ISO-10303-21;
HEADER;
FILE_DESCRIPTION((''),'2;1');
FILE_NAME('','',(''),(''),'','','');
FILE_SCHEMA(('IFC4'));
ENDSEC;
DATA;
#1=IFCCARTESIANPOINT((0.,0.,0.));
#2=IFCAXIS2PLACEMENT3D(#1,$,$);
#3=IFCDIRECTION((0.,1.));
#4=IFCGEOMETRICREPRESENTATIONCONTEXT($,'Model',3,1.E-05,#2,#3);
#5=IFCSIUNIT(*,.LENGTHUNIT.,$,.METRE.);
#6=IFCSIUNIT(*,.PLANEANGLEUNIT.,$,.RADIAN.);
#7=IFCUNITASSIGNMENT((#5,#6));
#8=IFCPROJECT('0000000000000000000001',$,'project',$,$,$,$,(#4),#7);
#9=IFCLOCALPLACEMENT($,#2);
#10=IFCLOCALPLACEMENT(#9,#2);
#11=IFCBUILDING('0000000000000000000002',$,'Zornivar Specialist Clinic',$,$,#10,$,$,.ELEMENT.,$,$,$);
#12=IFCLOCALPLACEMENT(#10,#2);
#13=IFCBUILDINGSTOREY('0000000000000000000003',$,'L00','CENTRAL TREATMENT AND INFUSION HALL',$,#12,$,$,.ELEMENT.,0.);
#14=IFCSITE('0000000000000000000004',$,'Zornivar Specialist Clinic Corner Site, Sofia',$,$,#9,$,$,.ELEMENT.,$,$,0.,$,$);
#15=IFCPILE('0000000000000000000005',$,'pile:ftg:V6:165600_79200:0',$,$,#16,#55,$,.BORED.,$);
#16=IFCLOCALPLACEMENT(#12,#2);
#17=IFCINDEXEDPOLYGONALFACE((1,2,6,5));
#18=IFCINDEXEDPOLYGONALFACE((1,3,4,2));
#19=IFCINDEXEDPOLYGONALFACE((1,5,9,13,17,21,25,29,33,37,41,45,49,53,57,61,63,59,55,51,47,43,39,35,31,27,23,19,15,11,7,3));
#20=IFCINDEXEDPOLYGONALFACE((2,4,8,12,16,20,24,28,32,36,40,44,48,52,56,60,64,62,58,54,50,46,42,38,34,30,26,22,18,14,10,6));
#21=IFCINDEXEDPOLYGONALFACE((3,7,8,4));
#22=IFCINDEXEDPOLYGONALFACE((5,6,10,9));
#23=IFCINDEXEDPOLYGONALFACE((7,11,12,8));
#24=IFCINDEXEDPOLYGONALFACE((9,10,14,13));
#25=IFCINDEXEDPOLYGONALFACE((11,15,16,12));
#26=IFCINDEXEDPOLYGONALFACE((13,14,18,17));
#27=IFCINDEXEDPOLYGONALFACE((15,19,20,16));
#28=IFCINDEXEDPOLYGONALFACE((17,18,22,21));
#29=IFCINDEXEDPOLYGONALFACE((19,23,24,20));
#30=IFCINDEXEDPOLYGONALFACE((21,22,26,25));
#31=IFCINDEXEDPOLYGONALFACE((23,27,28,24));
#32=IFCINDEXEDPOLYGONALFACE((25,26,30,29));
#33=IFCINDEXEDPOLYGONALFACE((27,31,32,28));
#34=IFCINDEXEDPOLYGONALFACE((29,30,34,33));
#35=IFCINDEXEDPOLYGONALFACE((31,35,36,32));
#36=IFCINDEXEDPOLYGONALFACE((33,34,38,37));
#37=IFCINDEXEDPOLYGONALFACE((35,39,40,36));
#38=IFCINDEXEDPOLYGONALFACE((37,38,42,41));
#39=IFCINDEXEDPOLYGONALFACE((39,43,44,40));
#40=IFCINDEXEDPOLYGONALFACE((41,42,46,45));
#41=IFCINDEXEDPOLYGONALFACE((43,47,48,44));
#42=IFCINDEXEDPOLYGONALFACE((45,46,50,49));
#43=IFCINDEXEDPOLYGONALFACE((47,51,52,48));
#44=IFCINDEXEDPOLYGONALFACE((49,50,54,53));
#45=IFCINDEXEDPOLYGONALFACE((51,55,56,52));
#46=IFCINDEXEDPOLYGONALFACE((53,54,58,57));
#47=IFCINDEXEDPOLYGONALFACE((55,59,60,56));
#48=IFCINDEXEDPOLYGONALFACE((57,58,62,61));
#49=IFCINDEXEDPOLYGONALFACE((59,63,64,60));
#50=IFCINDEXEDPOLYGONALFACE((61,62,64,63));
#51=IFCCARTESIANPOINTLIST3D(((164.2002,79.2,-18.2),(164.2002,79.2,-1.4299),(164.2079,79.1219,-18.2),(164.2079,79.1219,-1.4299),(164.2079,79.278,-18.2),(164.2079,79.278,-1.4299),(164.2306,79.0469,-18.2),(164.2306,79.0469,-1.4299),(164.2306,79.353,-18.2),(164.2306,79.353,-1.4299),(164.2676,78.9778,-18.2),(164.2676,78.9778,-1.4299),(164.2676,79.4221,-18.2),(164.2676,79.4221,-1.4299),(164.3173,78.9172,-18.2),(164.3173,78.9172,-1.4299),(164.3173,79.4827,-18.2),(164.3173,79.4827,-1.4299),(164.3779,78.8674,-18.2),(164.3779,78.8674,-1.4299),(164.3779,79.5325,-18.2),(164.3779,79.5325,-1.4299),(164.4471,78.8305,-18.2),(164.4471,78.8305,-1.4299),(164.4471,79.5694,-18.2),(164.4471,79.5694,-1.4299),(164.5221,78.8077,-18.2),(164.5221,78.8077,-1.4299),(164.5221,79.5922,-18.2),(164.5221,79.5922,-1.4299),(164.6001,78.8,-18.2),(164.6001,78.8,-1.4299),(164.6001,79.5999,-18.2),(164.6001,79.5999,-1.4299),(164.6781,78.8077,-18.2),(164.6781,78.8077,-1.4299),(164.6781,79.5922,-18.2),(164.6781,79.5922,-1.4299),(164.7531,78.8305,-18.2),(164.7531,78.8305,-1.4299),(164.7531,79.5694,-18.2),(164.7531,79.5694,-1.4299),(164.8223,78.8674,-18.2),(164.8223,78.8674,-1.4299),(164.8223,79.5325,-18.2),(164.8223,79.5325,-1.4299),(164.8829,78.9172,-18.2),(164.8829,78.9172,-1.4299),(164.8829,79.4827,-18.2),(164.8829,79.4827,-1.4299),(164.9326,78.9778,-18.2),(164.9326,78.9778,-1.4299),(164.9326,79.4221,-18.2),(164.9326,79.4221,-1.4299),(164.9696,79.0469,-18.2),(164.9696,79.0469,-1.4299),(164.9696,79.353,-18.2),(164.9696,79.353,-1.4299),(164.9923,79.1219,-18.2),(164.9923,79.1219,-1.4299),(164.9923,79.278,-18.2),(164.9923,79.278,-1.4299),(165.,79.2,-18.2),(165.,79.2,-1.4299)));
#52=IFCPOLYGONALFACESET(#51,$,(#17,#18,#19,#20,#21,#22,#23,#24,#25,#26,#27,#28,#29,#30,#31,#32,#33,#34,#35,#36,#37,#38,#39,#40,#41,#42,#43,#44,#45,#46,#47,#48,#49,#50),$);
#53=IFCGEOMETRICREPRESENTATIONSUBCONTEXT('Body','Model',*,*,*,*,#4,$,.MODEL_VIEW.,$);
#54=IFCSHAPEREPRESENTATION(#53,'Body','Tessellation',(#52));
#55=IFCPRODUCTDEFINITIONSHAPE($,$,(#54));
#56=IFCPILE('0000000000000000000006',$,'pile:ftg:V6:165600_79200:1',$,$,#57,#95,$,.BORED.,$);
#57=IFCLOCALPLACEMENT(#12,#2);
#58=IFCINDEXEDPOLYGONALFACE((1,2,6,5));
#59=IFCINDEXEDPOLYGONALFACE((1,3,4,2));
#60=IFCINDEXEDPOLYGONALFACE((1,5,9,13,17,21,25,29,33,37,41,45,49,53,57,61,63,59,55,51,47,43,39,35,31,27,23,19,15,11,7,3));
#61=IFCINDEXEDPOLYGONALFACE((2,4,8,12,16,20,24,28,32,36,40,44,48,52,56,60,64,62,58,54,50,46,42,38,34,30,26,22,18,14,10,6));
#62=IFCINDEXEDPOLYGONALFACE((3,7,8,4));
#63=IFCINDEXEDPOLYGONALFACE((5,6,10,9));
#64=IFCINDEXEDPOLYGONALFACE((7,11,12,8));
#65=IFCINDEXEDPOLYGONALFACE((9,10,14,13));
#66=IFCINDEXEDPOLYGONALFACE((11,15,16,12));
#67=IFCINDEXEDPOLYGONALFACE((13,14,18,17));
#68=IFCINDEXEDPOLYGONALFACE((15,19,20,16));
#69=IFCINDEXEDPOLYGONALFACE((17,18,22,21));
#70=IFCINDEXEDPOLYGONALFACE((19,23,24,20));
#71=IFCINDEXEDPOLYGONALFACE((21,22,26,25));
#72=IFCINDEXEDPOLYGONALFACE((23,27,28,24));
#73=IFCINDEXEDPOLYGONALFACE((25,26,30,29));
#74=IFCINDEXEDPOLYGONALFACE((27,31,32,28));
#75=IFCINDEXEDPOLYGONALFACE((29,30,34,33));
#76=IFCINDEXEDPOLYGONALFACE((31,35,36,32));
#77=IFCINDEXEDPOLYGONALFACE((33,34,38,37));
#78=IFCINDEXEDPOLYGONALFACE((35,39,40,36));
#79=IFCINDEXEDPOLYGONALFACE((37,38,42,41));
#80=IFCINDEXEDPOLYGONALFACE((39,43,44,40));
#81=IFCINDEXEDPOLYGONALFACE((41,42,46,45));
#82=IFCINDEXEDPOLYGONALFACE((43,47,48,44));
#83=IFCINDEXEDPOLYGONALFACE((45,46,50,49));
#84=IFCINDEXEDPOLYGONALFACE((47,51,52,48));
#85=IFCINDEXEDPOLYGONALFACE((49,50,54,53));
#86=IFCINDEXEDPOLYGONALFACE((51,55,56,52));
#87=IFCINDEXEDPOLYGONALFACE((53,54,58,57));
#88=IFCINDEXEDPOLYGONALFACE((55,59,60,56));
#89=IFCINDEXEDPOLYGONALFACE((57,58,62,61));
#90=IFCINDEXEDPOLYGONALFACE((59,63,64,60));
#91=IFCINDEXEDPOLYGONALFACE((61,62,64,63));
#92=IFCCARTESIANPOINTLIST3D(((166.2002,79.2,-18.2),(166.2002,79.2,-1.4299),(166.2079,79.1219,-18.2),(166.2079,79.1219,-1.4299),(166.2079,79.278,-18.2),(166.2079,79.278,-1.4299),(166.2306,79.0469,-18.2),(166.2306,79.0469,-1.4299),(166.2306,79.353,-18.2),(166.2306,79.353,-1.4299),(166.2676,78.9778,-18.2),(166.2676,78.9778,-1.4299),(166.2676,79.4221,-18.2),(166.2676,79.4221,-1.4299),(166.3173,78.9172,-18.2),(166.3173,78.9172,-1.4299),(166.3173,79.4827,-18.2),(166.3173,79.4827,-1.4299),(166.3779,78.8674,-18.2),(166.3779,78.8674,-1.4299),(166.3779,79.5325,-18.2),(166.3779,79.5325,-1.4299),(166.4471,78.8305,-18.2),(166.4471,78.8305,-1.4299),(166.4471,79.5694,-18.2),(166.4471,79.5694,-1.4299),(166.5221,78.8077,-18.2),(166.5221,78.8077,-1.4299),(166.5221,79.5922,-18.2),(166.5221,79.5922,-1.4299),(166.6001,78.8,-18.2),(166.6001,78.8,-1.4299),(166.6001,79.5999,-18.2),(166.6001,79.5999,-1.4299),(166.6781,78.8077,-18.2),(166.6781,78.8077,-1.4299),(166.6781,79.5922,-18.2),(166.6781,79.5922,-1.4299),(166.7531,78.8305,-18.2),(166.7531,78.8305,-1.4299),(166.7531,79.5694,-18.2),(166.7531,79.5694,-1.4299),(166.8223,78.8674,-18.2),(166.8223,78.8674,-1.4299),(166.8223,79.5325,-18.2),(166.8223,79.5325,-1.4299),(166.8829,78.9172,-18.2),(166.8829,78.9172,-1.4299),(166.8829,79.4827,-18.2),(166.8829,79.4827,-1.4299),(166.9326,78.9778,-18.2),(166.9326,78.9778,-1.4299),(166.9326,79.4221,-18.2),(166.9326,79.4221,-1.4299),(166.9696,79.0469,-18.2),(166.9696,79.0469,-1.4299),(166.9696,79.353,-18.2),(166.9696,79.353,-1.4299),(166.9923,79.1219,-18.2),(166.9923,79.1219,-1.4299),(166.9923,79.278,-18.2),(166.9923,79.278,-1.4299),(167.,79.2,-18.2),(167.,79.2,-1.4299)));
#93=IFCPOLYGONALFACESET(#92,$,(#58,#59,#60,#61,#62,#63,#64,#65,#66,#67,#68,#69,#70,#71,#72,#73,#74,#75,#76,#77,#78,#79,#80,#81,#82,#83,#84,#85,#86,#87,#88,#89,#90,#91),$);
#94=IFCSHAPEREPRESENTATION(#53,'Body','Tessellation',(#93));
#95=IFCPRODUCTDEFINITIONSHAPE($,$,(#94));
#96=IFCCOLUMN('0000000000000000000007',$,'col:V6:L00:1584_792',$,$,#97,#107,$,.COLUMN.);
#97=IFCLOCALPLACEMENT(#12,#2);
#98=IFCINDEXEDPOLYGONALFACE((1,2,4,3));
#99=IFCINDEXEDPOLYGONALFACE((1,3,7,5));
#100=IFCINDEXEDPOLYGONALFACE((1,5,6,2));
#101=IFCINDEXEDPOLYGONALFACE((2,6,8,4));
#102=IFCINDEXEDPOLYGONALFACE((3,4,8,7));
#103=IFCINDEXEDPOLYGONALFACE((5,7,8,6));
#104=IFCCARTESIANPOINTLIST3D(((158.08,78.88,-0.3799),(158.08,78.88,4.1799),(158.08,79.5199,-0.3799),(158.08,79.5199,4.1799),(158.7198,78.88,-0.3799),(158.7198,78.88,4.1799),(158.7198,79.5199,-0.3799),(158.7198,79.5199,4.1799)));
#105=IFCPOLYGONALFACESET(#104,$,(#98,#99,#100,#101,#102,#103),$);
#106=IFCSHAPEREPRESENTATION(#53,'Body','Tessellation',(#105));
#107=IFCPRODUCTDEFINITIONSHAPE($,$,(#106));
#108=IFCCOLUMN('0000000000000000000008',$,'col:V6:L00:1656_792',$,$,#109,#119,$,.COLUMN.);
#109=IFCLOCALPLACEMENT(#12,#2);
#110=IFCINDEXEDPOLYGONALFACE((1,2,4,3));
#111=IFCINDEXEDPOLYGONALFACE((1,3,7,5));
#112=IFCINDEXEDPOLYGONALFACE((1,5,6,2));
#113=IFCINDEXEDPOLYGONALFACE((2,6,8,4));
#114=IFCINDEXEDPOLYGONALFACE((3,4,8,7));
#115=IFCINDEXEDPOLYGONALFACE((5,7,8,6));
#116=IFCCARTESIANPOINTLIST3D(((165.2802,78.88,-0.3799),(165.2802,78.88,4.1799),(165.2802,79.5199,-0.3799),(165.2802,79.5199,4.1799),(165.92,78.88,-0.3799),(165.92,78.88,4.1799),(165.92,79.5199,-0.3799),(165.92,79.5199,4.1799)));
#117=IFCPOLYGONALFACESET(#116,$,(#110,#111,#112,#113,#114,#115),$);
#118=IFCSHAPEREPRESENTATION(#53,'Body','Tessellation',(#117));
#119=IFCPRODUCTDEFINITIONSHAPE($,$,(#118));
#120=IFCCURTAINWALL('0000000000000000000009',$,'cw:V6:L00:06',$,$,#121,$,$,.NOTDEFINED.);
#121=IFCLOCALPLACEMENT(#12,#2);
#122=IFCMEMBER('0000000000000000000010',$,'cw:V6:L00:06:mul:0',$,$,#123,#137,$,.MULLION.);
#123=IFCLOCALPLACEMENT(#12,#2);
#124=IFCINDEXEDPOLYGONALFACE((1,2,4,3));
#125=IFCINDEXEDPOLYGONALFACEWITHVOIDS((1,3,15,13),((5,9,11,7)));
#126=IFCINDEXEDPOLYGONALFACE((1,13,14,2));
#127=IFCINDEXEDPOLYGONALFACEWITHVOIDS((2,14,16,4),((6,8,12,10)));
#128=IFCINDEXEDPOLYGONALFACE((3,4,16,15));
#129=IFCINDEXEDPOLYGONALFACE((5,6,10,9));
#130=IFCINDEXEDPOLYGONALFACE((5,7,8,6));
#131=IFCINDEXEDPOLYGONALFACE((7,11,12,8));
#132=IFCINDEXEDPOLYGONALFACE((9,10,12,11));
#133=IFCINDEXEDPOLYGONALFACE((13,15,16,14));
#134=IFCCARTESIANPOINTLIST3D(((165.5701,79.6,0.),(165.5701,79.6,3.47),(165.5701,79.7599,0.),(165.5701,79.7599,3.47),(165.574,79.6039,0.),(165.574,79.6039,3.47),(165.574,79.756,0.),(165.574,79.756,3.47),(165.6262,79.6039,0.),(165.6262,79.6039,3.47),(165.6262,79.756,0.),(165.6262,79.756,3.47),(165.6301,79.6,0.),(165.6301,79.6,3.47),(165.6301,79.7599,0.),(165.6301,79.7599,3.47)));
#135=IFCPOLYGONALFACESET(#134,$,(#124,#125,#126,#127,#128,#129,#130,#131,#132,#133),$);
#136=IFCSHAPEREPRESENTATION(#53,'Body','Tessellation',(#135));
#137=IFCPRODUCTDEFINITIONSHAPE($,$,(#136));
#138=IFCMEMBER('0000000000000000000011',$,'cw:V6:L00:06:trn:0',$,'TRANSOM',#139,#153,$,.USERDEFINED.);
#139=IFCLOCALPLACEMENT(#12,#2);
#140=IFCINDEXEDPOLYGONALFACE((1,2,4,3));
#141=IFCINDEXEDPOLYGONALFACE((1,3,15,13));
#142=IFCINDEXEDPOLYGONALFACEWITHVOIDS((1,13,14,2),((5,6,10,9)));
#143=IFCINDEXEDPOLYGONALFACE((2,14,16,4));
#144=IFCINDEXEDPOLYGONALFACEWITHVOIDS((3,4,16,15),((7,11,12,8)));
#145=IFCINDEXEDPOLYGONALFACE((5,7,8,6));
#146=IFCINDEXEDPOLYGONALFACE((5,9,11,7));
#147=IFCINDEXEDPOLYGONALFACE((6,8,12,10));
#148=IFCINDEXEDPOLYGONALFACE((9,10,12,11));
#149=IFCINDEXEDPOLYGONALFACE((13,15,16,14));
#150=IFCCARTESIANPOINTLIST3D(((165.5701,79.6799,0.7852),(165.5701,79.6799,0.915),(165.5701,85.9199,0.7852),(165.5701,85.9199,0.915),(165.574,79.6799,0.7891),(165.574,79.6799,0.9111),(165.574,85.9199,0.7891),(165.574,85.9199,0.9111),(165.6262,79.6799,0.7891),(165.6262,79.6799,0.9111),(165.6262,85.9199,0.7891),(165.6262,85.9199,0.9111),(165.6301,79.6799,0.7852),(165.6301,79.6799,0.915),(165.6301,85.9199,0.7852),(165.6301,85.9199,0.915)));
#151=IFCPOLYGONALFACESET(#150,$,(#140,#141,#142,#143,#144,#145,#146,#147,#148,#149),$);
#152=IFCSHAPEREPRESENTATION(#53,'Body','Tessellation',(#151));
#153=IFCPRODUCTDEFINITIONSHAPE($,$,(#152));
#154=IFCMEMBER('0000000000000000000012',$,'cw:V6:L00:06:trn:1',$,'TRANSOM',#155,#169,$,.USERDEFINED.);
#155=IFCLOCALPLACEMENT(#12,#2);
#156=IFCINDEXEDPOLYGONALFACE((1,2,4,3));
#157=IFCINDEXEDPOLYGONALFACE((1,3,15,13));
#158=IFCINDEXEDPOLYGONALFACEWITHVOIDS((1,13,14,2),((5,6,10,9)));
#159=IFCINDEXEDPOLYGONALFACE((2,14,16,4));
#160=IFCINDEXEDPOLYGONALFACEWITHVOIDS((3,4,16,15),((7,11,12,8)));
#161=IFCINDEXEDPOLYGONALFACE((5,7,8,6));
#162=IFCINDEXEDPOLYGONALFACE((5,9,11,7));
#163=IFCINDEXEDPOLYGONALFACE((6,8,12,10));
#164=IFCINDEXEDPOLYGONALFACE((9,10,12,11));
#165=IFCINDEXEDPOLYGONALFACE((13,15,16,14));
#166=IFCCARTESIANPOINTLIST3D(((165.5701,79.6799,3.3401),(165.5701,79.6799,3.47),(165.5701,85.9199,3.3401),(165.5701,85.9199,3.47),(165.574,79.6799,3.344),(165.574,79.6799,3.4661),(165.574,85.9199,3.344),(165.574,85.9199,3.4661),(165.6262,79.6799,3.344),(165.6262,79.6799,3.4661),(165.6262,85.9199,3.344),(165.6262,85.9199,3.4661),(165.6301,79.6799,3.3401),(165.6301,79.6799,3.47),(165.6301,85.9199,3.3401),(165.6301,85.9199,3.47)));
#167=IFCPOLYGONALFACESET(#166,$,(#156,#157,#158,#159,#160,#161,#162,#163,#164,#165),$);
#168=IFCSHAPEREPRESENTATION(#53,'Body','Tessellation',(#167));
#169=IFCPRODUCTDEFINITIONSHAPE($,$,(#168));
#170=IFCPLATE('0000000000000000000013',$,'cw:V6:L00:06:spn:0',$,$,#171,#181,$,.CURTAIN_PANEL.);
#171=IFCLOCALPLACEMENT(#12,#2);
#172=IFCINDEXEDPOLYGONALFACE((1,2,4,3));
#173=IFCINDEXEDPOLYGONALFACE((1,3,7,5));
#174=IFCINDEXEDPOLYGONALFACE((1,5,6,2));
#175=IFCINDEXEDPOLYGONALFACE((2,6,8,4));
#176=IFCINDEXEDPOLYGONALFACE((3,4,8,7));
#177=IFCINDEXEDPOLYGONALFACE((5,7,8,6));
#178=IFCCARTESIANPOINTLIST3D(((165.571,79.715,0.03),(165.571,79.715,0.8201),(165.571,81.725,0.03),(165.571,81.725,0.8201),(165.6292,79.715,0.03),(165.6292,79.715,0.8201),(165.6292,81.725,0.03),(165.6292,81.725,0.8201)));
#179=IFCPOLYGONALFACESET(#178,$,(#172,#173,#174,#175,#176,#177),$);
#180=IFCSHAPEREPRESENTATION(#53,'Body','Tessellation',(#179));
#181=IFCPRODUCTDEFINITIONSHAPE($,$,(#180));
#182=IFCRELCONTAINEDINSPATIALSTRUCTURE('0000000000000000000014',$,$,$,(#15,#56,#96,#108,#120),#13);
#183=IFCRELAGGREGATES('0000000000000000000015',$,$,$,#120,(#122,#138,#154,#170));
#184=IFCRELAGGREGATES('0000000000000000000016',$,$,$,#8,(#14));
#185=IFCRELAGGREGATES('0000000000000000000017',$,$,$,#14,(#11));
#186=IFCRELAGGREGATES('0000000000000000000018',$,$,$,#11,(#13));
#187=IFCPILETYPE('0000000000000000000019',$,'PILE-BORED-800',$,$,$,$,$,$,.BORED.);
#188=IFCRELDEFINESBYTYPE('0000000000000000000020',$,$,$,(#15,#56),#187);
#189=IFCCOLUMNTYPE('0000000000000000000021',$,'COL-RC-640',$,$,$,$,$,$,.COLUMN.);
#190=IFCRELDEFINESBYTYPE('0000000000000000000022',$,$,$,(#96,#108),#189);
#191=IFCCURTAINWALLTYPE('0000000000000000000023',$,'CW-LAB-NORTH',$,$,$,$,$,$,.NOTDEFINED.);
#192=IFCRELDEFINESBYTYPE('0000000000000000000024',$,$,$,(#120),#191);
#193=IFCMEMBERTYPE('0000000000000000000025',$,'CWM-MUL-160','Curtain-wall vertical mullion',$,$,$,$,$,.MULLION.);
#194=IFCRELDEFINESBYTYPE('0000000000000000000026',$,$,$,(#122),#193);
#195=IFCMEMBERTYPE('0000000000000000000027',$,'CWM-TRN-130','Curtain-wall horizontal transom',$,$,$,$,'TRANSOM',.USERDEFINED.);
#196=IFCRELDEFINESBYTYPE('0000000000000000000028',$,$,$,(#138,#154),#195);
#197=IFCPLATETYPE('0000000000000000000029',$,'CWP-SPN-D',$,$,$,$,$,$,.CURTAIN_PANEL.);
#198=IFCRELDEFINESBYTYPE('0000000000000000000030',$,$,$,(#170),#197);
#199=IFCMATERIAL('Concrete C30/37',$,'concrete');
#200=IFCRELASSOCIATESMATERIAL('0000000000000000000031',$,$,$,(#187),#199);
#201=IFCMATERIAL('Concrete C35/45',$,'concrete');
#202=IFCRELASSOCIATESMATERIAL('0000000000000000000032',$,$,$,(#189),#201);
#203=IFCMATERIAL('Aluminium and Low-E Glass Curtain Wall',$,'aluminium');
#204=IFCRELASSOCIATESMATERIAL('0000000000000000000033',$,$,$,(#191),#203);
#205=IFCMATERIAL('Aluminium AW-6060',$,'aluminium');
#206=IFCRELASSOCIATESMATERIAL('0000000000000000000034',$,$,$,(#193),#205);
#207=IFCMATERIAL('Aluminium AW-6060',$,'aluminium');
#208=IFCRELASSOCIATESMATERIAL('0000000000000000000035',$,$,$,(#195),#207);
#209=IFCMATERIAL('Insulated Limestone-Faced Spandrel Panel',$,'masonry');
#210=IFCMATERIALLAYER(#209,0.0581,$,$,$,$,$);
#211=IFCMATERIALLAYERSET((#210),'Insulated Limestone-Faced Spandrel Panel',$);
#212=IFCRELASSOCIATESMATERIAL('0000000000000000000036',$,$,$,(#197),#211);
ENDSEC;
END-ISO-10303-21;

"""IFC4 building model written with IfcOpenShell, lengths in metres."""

from ifc_helpers import new_model, si_unit, direction, frame, origin, origin_2d, place, context, subcontext, project, spatial, rectangle, hollow_rectangle, circle, extrude, material, layer, layer_set, material_profile, profile_set, type_object, element, aggregate, save


model = new_model("IFC4")

# Units and contexts
model_context = context("Model", 3, precision=1e-05, world=origin(), true_north=direction((0.0, 1.0)))
body_context = subcontext(model_context, "Body", "Model", "MODEL_VIEW")
ifc_project = project(units=[si_unit("LENGTHUNIT", "METRE"), si_unit("PLANEANGLEUNIT", "RADIAN")], contexts=[model_context])

# Site, building, storey
site_placement = place(None, origin())
site = spatial("IfcSite", under=ifc_project, at=site_placement, Name="Zornivar Specialist Clinic Corner Site, Sofia", CompositionType="ELEMENT", RefElevation=0.0)
building_placement = place(site_placement, origin())
building = spatial("IfcBuilding", under=site, at=building_placement, Name="Zornivar Specialist Clinic", CompositionType="ELEMENT")
storey_placement = place(building_placement, origin())
storey = spatial("IfcBuildingStorey", under=building, at=storey_placement, Name="L00", Description="CENTRAL TREATMENT AND INFUSION HALL", CompositionType="ELEMENT", Elevation=0.0)

# Piles
ifc_material_1 = material(Name="Concrete C30/37", Category="concrete")
ifc_material_profile_1 = material_profile(ifc_material_1, circle(Radius=0.3999, at=origin_2d()), Name="PILE D800")
ifc_profile_set_1 = profile_set([ifc_material_profile_1], Name="Concrete C30/37")
pile_type = type_object("IfcPileType", Name="PILE-BORED-800", PredefinedType="BORED", material=ifc_profile_set_1)
for number, where, z_axis, x_axis, name in (
    (1, (164.6001, 79.2, -1.4299), (0.0, 0.0, -1.0), (1.0, 0.0, 0.0), "pile:ftg:V6:165600_79200:0"),
    (2, (166.6001, 79.2, -1.4299), (0.0, 0.0, -1.0), (1.0, 0.0, 0.0), "pile:ftg:V6:165600_79200:1"),
):
    element("IfcPile", number, at=place(storey_placement, frame(where, z_axis=z_axis, x_axis=x_axis)), inside=storey, type_object=pile_type, Name=name, PredefinedType="BORED", context=body_context, shape_type="SweptSolid", body=[
        extrude(circle(Radius=0.3999, at=origin_2d()), origin(), (0.0, 0.0, 1.0), 16.77),
    ])

# Columns
ifc_material_2 = material(Name="Concrete C35/45", Category="concrete")
ifc_material_profile_2 = material_profile(ifc_material_2, rectangle(XDim=0.6399, YDim=0.6399, at=origin_2d()), Name="RC 640x640")
ifc_profile_set_2 = profile_set([ifc_material_profile_2], Name="Concrete C35/45")
column_type = type_object("IfcColumnType", Name="COL-RC-640", PredefinedType="COLUMN", material=ifc_profile_set_2)
for number, where, z_axis, x_axis, name in (
    (3, (158.3999, 79.2, -0.3799), (0.0, 0.0, 1.0), (1.0, 0.0, 0.0), "col:V6:L00:1584_792"),
    (4, (165.6001, 79.2, -0.3799), (0.0, 0.0, 1.0), (1.0, 0.0, 0.0), "col:V6:L00:1656_792"),
):
    element("IfcColumn", number, at=place(storey_placement, frame(where, z_axis=z_axis, x_axis=x_axis)), inside=storey, type_object=column_type, Name=name, PredefinedType="COLUMN", context=body_context, shape_type="SweptSolid", body=[
        extrude(rectangle(XDim=0.6399, YDim=0.6399, at=origin_2d()), origin(), (0.0, 0.0, 1.0), 4.5598),
    ])

# Curtain wall, members, plate
ifc_material_3 = material(Name="Aluminium and Low-E Glass Curtain Wall", Category="aluminium")
curtain_wall_type = type_object("IfcCurtainWallType", Name="CW-LAB-NORTH", PredefinedType="NOTDEFINED", material=ifc_material_3)
curtain_wall_placement = place(storey_placement, origin())
curtain_wall = element("IfcCurtainWall", 5, at=curtain_wall_placement, inside=storey, type_object=curtain_wall_type, Name="cw:V6:L00:06", PredefinedType="NOTDEFINED")
ifc_material_4 = material(Name="Aluminium AW-6060", Category="aluminium")
ifc_material_profile_3 = material_profile(ifc_material_4, hollow_rectangle(XDim=0.0601, YDim=0.1599, WallThickness=0.0039, at=origin_2d()), Name="ALU 60x160x4")
ifc_profile_set_3 = profile_set([ifc_material_profile_3], Name="Aluminium AW-6060")
member_type_1 = type_object("IfcMemberType", Name="CWM-MUL-160", Description="Curtain-wall vertical mullion", PredefinedType="MULLION", material=ifc_profile_set_3)
member_1_placement = place(storey_placement, frame((165.6001, 79.6799, 0.0), z_axis=(0.0, 0.0, 1.0), x_axis=(1.0, 0.0, 0.0)))
member_1 = element("IfcMember", 6, at=member_1_placement, type_object=member_type_1, Name="cw:V6:L00:06:mul:0", PredefinedType="MULLION", context=body_context, shape_type="SweptSolid", body=[
    extrude(hollow_rectangle(XDim=0.0601, YDim=0.1599, WallThickness=0.0039, at=origin_2d()), origin(), (0.0, 0.0, 1.0), 3.47),
])
ifc_material_5 = material(Name="Aluminium AW-6060", Category="aluminium")
ifc_material_profile_4 = material_profile(ifc_material_5, hollow_rectangle(XDim=0.0601, YDim=0.1299, WallThickness=0.0039, at=origin_2d()), Name="ALU 60x130x4")
ifc_profile_set_4 = profile_set([ifc_material_profile_4], Name="Aluminium AW-6060")
member_type_2 = type_object("IfcMemberType", Name="CWM-TRN-130", Description="Curtain-wall horizontal transom", ElementType="TRANSOM", PredefinedType="USERDEFINED", material=ifc_profile_set_4)
member_2_placement = place(storey_placement, frame((165.6001, 79.6799, 0.8501), z_axis=(0.0, 1.0, 0.0), x_axis=(-1.0, 0.0, 0.0)))
member_2 = element("IfcMember", 7, at=member_2_placement, type_object=member_type_2, Name="cw:V6:L00:06:trn:0", ObjectType="TRANSOM", PredefinedType="USERDEFINED", context=body_context, shape_type="SweptSolid", body=[
    extrude(hollow_rectangle(XDim=0.0601, YDim=0.1299, WallThickness=0.0039, at=origin_2d()), origin(), (0.0, 0.0, 1.0), 6.24),
])
member_3_placement = place(storey_placement, frame((165.6001, 79.6799, 3.405), z_axis=(0.0, 1.0, 0.0), x_axis=(-1.0, 0.0, 0.0)))
member_3 = element("IfcMember", 8, at=member_3_placement, type_object=member_type_2, Name="cw:V6:L00:06:trn:1", ObjectType="TRANSOM", PredefinedType="USERDEFINED", context=body_context, shape_type="SweptSolid", body=[
    extrude(hollow_rectangle(XDim=0.0601, YDim=0.1299, WallThickness=0.0039, at=origin_2d()), origin(), (0.0, 0.0, 1.0), 6.24),
])
ifc_material_6 = material(Name="Insulated Limestone-Faced Spandrel Panel", Category="masonry")
ifc_layer_1 = layer(ifc_material_6, 0.0581)
ifc_layer_set_1 = layer_set([ifc_layer_1], Name="Insulated Limestone-Faced Spandrel Panel")
plate_type = type_object("IfcPlateType", Name="CWP-SPN-D", PredefinedType="CURTAIN_PANEL", material=ifc_layer_set_1)
plate_placement = place(storey_placement, frame((165.6001, 80.72, 0.03), z_axis=(0.0, 0.0, 1.0), x_axis=(0.0, 1.0, 0.0)))
plate = element("IfcPlate", 9, at=plate_placement, type_object=plate_type, Name="cw:V6:L00:06:spn:0", PredefinedType="CURTAIN_PANEL", context=body_context, shape_type="SweptSolid", body=[
    extrude(rectangle(XDim=2.01, YDim=0.0581, at=origin_2d()), origin(), (0.0, 0.0, 1.0), 0.79),
])
aggregate(curtain_wall, [member_1, member_2, member_3, plate])

save(model, "model.ifc")
